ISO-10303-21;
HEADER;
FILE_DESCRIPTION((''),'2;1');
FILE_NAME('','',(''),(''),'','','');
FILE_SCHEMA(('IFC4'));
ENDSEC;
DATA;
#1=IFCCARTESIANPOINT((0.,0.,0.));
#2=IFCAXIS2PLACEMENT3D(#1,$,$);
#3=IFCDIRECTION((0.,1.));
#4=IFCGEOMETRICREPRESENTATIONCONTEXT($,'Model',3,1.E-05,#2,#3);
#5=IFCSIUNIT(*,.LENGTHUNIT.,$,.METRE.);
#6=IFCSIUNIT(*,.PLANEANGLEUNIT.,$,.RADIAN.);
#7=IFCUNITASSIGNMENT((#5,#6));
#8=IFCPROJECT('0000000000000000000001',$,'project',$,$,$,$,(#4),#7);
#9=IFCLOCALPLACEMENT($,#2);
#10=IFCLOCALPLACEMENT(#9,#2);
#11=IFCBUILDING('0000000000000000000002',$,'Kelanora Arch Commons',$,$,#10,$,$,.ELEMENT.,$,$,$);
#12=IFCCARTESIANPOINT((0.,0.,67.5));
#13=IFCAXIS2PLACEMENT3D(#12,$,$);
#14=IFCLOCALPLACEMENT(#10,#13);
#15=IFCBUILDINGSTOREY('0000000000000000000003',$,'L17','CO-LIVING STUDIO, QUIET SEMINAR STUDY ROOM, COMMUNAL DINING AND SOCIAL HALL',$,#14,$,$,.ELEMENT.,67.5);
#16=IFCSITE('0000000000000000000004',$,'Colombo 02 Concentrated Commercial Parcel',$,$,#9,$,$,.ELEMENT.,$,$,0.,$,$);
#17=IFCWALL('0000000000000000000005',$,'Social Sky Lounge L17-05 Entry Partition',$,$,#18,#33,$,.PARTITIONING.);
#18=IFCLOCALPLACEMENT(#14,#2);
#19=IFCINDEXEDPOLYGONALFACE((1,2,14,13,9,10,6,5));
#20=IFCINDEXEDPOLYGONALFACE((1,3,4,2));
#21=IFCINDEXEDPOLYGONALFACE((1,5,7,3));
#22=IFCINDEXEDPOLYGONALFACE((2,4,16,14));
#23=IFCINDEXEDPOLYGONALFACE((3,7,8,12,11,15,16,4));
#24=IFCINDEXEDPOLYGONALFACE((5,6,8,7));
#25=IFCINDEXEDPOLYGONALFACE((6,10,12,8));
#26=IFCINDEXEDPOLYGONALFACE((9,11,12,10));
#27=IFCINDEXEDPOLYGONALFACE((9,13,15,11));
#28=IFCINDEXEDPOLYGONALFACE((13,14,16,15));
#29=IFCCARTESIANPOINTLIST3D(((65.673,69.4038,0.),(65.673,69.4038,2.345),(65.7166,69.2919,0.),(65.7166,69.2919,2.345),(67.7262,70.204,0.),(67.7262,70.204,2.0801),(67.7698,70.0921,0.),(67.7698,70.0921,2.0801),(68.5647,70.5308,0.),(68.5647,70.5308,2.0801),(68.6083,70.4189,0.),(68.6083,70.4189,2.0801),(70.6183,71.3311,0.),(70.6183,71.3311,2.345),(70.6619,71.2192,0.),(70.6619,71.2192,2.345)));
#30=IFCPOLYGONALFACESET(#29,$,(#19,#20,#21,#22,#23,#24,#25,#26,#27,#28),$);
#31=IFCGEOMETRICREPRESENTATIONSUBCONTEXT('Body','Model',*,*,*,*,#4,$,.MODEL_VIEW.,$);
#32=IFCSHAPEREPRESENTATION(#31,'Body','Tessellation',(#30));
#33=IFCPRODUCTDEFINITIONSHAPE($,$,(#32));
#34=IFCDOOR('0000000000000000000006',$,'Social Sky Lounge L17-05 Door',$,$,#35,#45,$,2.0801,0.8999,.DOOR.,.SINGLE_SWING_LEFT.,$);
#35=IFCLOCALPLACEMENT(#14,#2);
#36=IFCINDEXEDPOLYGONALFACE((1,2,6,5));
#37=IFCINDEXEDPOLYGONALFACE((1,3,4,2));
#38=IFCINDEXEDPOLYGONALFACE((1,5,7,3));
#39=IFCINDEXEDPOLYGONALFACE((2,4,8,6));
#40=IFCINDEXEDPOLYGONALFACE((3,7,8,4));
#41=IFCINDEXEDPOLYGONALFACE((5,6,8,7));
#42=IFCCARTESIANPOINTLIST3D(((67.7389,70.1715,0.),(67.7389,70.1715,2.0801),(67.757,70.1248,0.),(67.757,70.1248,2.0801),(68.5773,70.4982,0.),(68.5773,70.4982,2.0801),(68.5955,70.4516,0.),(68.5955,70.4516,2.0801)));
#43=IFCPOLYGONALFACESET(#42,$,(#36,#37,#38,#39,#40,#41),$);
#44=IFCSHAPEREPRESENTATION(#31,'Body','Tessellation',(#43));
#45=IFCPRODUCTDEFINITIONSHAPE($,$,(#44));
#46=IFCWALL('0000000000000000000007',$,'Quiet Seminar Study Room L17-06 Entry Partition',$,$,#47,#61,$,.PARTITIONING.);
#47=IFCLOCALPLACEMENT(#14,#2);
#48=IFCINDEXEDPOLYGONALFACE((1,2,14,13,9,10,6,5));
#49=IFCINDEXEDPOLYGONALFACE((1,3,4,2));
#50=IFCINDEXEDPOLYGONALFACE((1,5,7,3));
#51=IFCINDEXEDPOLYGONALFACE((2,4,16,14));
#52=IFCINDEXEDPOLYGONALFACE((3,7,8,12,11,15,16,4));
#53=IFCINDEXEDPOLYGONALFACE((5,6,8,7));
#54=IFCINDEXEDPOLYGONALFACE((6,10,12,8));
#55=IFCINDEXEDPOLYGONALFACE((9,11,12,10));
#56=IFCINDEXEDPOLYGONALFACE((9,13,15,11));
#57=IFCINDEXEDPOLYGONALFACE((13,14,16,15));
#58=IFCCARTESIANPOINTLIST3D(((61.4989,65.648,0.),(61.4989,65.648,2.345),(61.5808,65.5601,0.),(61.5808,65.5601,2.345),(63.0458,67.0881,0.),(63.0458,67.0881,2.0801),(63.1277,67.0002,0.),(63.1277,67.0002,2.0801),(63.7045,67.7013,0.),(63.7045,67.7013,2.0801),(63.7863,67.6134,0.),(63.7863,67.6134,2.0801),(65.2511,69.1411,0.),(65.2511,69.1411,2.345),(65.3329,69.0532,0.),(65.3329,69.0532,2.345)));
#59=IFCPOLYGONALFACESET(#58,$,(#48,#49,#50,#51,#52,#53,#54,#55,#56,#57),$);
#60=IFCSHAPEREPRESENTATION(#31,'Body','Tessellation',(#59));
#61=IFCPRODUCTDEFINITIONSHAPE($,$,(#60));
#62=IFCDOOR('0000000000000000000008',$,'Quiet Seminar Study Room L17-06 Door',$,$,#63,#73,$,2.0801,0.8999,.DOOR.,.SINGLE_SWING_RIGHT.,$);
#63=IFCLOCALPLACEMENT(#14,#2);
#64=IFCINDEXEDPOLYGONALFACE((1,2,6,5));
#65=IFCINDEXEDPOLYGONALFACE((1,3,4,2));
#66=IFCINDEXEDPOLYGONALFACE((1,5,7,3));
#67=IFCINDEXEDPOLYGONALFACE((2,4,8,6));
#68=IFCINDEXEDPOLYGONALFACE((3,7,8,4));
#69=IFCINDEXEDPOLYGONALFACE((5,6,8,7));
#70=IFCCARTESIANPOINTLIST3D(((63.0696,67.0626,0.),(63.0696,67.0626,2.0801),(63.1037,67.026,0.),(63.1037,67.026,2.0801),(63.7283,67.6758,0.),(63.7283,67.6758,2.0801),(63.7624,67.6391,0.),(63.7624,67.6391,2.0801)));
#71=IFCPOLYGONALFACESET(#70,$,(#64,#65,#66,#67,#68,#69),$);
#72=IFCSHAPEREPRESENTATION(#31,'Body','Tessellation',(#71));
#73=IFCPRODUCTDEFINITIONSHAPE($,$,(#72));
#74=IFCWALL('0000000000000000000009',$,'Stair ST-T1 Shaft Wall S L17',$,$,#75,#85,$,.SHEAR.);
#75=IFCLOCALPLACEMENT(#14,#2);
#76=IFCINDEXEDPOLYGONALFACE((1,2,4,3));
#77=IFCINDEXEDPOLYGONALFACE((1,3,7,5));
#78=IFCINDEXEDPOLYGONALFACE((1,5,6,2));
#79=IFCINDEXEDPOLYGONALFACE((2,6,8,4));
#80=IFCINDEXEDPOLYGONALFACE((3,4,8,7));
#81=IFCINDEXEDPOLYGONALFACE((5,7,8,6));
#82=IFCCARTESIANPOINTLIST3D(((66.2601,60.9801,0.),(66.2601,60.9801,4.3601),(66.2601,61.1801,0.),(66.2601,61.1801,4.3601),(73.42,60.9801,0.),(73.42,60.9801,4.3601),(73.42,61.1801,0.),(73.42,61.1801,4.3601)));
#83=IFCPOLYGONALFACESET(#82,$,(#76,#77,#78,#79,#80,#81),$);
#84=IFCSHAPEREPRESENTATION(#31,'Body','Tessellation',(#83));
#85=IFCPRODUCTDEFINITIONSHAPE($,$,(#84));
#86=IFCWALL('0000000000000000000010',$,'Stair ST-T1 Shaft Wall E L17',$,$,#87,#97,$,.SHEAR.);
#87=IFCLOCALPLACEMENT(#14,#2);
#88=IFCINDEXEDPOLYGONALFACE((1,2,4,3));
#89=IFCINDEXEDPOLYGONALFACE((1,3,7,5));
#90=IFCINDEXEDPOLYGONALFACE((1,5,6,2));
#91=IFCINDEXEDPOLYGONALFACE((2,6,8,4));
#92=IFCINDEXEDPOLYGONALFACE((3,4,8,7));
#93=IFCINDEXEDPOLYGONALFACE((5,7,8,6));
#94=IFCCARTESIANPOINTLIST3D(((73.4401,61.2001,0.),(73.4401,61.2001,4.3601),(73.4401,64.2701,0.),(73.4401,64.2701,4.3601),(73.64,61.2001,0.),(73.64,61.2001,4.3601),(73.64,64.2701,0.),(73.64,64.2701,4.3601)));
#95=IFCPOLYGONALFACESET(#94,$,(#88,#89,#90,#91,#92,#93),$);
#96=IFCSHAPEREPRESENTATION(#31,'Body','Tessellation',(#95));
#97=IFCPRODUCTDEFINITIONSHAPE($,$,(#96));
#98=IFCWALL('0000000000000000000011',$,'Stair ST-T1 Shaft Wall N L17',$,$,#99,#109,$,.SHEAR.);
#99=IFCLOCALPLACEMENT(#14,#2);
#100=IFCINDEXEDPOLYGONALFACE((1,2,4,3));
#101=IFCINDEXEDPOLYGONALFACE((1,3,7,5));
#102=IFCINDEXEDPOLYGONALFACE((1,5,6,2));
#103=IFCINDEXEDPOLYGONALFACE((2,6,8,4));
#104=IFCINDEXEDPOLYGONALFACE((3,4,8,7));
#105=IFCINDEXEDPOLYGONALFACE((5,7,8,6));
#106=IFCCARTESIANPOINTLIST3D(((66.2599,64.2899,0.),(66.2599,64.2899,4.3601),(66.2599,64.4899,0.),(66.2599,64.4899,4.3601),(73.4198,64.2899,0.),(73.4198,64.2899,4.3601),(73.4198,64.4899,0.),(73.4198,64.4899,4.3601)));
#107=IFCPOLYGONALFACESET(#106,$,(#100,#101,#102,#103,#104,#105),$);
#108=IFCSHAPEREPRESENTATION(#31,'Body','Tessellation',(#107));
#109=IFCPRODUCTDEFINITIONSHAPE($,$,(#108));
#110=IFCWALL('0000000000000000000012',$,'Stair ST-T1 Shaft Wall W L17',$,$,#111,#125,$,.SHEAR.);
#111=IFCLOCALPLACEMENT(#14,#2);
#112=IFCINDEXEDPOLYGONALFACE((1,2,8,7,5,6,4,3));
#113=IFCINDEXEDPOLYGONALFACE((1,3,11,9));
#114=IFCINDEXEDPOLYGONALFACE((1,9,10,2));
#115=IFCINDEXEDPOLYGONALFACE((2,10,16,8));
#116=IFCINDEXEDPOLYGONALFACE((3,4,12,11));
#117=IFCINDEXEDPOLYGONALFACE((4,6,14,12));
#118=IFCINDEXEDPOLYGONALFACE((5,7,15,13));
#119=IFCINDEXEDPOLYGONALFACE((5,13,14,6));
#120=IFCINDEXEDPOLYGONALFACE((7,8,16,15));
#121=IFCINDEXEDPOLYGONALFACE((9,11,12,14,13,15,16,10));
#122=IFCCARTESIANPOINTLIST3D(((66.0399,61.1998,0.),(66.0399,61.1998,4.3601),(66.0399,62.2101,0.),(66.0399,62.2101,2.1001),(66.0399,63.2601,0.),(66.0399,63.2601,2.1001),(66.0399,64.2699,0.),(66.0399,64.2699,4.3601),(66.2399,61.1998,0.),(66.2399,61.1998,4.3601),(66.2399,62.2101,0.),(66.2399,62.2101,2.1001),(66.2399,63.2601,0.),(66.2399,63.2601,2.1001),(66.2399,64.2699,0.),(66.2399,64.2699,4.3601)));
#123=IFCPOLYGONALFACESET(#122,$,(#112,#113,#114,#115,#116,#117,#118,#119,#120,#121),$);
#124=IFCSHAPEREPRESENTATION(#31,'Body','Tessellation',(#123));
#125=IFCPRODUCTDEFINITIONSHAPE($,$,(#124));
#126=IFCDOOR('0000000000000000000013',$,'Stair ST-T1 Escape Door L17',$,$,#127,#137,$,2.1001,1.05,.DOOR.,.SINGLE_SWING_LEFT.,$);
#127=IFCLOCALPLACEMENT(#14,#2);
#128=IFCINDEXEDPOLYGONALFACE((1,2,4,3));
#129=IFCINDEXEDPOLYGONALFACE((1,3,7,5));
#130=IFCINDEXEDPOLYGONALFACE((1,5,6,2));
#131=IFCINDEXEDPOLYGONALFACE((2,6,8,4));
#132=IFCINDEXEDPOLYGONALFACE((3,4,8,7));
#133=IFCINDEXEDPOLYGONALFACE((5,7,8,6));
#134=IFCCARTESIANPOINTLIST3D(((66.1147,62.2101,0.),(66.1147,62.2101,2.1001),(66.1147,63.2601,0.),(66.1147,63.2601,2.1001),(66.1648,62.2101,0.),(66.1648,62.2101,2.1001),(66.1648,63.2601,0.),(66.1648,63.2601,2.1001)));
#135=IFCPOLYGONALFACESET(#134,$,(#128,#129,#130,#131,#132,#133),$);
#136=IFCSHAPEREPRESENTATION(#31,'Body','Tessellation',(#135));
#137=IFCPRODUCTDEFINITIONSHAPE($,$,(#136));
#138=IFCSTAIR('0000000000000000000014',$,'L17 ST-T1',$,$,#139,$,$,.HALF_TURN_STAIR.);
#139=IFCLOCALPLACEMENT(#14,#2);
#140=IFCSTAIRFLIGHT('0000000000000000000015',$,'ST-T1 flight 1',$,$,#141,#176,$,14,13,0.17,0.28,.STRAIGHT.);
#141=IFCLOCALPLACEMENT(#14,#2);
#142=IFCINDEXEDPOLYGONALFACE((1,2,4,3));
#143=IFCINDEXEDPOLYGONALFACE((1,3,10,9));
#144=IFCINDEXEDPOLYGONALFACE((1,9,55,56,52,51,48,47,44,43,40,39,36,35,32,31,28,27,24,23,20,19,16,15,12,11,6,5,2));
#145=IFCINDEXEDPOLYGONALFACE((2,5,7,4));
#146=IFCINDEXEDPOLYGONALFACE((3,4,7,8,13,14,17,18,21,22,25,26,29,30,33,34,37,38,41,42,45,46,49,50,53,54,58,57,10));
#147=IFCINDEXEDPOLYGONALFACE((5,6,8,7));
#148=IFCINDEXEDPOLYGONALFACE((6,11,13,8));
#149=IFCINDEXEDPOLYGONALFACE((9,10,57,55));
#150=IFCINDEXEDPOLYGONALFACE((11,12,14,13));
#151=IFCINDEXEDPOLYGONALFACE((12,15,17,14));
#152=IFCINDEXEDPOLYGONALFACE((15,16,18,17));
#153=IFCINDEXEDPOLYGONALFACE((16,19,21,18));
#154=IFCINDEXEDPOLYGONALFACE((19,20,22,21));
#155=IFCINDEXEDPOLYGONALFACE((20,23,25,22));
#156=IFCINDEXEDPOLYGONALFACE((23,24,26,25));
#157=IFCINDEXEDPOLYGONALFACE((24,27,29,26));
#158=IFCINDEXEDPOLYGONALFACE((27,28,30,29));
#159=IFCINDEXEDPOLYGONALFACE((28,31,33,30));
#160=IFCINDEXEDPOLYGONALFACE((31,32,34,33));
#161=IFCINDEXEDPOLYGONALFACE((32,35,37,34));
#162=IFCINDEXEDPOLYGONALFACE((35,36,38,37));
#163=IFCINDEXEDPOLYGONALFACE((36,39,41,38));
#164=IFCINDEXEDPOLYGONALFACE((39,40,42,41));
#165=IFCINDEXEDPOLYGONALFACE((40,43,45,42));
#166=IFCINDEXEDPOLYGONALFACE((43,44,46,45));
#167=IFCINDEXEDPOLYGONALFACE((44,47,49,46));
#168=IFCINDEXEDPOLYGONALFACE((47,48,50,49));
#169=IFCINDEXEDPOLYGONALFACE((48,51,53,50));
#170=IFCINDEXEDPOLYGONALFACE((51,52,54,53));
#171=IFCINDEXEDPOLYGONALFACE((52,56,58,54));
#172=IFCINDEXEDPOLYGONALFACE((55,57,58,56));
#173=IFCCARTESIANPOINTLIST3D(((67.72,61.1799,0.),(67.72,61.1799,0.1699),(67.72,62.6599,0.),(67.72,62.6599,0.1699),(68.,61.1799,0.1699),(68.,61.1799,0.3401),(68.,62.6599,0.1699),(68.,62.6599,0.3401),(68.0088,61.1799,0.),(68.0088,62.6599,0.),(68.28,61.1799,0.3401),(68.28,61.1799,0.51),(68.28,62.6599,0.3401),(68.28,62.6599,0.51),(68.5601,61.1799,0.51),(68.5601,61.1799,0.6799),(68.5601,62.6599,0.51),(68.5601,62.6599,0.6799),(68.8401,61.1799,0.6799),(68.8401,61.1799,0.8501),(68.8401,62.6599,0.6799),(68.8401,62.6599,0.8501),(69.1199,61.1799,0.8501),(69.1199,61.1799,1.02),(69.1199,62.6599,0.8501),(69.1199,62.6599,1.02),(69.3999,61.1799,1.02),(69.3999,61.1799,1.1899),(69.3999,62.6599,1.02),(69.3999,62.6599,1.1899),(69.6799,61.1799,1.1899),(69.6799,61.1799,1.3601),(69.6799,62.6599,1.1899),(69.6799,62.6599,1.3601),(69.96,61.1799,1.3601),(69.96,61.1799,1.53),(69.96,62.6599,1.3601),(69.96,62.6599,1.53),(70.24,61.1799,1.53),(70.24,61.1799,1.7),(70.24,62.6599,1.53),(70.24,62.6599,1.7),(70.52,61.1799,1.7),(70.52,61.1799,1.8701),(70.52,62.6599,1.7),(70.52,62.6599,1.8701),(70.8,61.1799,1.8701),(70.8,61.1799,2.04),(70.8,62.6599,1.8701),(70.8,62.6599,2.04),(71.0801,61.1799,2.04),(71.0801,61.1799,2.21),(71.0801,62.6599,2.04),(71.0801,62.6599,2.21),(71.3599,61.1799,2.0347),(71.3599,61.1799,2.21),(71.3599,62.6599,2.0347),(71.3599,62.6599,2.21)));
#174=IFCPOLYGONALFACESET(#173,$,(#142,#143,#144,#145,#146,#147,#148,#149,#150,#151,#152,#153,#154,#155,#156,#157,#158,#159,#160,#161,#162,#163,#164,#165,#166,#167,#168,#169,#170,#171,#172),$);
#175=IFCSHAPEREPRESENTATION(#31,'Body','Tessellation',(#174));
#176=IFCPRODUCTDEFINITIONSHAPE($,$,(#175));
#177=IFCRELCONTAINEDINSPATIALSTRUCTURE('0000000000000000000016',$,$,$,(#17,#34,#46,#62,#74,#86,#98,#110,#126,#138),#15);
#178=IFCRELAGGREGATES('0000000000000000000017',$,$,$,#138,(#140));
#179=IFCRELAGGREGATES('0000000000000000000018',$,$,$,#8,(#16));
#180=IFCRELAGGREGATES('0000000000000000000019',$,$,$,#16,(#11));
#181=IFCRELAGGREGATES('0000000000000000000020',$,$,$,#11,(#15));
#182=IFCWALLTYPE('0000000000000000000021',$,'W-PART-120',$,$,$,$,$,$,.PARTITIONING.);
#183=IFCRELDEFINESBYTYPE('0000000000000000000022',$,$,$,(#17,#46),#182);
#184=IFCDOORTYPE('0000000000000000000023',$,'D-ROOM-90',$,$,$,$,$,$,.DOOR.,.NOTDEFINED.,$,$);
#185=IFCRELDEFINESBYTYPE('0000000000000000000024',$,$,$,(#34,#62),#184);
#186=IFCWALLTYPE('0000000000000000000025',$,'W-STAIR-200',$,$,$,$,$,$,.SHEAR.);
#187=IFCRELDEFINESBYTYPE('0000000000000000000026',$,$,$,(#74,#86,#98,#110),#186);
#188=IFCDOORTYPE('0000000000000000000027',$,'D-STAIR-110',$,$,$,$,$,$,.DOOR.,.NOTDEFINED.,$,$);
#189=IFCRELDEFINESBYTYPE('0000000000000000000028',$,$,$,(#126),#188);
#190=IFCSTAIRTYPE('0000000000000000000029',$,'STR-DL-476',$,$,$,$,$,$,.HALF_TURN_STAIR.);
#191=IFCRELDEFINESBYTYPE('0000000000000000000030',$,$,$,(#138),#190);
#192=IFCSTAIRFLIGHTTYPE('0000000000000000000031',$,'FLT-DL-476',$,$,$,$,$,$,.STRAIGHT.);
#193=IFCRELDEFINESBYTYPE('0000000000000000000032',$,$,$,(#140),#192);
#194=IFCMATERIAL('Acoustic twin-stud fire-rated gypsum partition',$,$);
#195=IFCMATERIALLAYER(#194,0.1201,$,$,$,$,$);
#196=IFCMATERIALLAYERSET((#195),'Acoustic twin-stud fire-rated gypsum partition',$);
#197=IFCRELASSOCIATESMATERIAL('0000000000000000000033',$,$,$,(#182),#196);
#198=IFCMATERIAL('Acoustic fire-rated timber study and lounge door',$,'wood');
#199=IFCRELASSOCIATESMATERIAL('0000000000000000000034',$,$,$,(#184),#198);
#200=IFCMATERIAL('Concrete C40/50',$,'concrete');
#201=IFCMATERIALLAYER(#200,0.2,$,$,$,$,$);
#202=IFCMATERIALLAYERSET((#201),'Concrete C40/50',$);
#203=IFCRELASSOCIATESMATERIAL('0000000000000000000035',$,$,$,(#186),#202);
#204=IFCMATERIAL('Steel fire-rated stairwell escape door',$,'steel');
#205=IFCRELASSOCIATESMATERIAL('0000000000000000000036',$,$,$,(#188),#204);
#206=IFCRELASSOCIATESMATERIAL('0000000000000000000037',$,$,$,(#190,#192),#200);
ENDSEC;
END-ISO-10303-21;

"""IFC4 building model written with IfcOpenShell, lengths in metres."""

from ifc_helpers import new_model, si_unit, direction, frame, frame_2d, origin, place, context, subcontext, project, spatial, polyline, rectangle, outline, extrude, material, layer, layer_set, type_object, element, fill, aggregate, save


model = new_model("IFC4")

# Units and contexts
model_context = context("Model", 3, precision=1e-05, world=origin(), true_north=direction((0.0, 1.0)))
body_context = subcontext(model_context, "Body", "Model", "MODEL_VIEW")
ifc_project = project(units=[si_unit("LENGTHUNIT", "METRE"), si_unit("PLANEANGLEUNIT", "RADIAN")], contexts=[model_context])

# Site, building, storey
site_placement = place(None, origin())
site = spatial("IfcSite", under=ifc_project, at=site_placement, Name="Colombo 02 Concentrated Commercial Parcel", CompositionType="ELEMENT", RefElevation=0.0)
building_placement = place(site_placement, origin())
building = spatial("IfcBuilding", under=site, at=building_placement, Name="Kelanora Arch Commons", CompositionType="ELEMENT")
storey_placement = place(building_placement, frame((0.0, 0.0, 67.5)))
storey = spatial("IfcBuildingStorey", under=building, at=storey_placement, Name="L17", Description="CO-LIVING STUDIO, QUIET SEMINAR STUDY ROOM, COMMUNAL DINING AND SOCIAL HALL", CompositionType="ELEMENT", Elevation=67.5)

# Shared definitions
ifc_material_1 = material(Name="Concrete C40/50", Category="concrete")

# Walls, openings, doors
ifc_material_2 = material(Name="Acoustic twin-stud fire-rated gypsum partition")
ifc_layer_1 = layer(ifc_material_2, 0.1201)
ifc_layer_set_1 = layer_set([ifc_layer_1], Name="Acoustic twin-stud fire-rated gypsum partition")
wall_type_1 = type_object("IfcWallType", Name="W-PART-120", PredefinedType="PARTITIONING", material=ifc_layer_set_1)
wall_1_placement = place(storey_placement, frame((70.6401, 71.2751, 0.0), z_axis=(0.0, 0.0, 1.0), x_axis=(-0.931745, -0.363112, 0.0)))
wall_1 = element("IfcWall", 1, at=wall_1_placement, inside=storey, type_object=wall_type_1, Name="Social Sky Lounge L17-05 Entry Partition", PredefinedType="PARTITIONING", context=body_context, shape_type="SweptSolid", body=[
    extrude(rectangle(XDim=5.3076, YDim=0.1201, at=frame_2d((2.6538, 0.0))), origin(), (0.0, 0.0, 1.0), 2.345),
])
opening_1_placement = place(wall_1_placement, frame((2.2041, 0.0, 0.0)))
opening_1 = element("IfcOpeningElement", 2, at=opening_1_placement, cuts=wall_1, PredefinedType="OPENING", context=body_context, shape_type="SweptSolid", body=[
    extrude(rectangle(XDim=0.8999, YDim=2.0801, at=frame_2d((0.45, 1.04))), frame((0.0, 0.0701, 0.0), z_axis=(0.0, -1.0, 0.0), x_axis=(1.0, 0.0, 0.0)), (0.0, 0.0, 1.0), 0.1401),
])
ifc_material_3 = material(Name="Acoustic fire-rated timber study and lounge door", Category="wood")
door_type_1 = type_object("IfcDoorType", Name="D-ROOM-90", OperationType="NOTDEFINED", PredefinedType="DOOR", material=ifc_material_3)
door_1_placement = place(opening_1_placement, origin())
door_1 = element("IfcDoor", 3, at=door_1_placement, inside=storey, type_object=door_type_1, Name="Social Sky Lounge L17-05 Door", OperationType="SINGLE_SWING_LEFT", OverallHeight=2.0801, OverallWidth=0.8999, PredefinedType="DOOR", context=body_context, shape_type="SweptSolid", body=[
    extrude(rectangle(XDim=0.8999, YDim=2.0801, at=frame_2d((0.45, 1.04))), frame((0.0, 0.0249, 0.0), z_axis=(0.0, -1.0, 0.0), x_axis=(1.0, 0.0, 0.0)), (0.0, 0.0, 1.0), 0.05),
])
fill(opening_1, door_1)
wall_2_placement = place(storey_placement, frame((65.292, 69.0972, 0.0), z_axis=(0.0, 0.0, 1.0), x_axis=(-0.731919, -0.681391, 0.0)))
wall_2 = element("IfcWall", 4, at=wall_2_placement, inside=storey, type_object=wall_type_1, Name="Quiet Seminar Study Room L17-06 Entry Partition", PredefinedType="PARTITIONING", context=body_context, shape_type="SweptSolid", body=[
    extrude(rectangle(XDim=5.1265, YDim=0.1201, at=frame_2d((2.5632, 0.0))), origin(), (0.0, 0.0, 1.0), 2.345),
])
opening_2_placement = place(wall_2_placement, frame((2.113, 0.0, 0.0)))
opening_2 = element("IfcOpeningElement", 5, at=opening_2_placement, cuts=wall_2, PredefinedType="OPENING", context=body_context, shape_type="SweptSolid", body=[
    extrude(rectangle(XDim=0.8999, YDim=2.0801, at=frame_2d((0.45, 1.04))), frame((0.0, 0.0701, 0.0), z_axis=(0.0, -1.0, 0.0), x_axis=(1.0, 0.0, 0.0)), (0.0, 0.0, 1.0), 0.1401),
])
door_2_placement = place(opening_2_placement, origin())
door_2 = element("IfcDoor", 6, at=door_2_placement, inside=storey, type_object=door_type_1, Name="Quiet Seminar Study Room L17-06 Door", OperationType="SINGLE_SWING_RIGHT", OverallHeight=2.0801, OverallWidth=0.8999, PredefinedType="DOOR", context=body_context, shape_type="SweptSolid", body=[
    extrude(rectangle(XDim=0.8999, YDim=2.0801, at=frame_2d((0.45, 1.04))), frame((0.0, 0.0249, 0.0), z_axis=(0.0, -1.0, 0.0), x_axis=(1.0, 0.0, 0.0)), (0.0, 0.0, 1.0), 0.05),
])
fill(opening_2, door_2)

# Walls
ifc_layer_2 = layer(ifc_material_1, 0.2)
ifc_layer_set_2 = layer_set([ifc_layer_2], Name="Concrete C40/50")
wall_type_2 = type_object("IfcWallType", Name="W-STAIR-200", PredefinedType="SHEAR", material=ifc_layer_set_2)
wall_3_placement = place(storey_placement, frame((66.26, 61.0801, 0.0), z_axis=(0.0, 0.0, 1.0), x_axis=(1.0, 0.0, 0.0)))
element("IfcWall", 7, at=wall_3_placement, inside=storey, type_object=wall_type_2, Name="Stair ST-T1 Shaft Wall S L17", PredefinedType="SHEAR", context=body_context, shape_type="SweptSolid", body=[
    extrude(rectangle(XDim=7.1599, YDim=0.2, at=frame_2d((3.5801, 0.0))), origin(), (0.0, 0.0, 1.0), 4.3601),
])
wall_4_placement = place(storey_placement, frame((73.54, 61.2, 0.0), z_axis=(0.0, 0.0, 1.0), x_axis=(0.0, 1.0, 0.0)))
element("IfcWall", 8, at=wall_4_placement, inside=storey, type_object=wall_type_2, Name="Stair ST-T1 Shaft Wall E L17", PredefinedType="SHEAR", context=body_context, shape_type="SweptSolid", body=[
    extrude(rectangle(XDim=3.0701, YDim=0.2, at=frame_2d((1.5352, 0.0))), origin(), (0.0, 0.0, 1.0), 4.3601),
])
wall_5_placement = place(storey_placement, frame((73.4199, 64.3899, 0.0), z_axis=(0.0, 0.0, 1.0), x_axis=(-1.0, 0.0, 0.0)))
element("IfcWall", 9, at=wall_5_placement, inside=storey, type_object=wall_type_2, Name="Stair ST-T1 Shaft Wall N L17", PredefinedType="SHEAR", context=body_context, shape_type="SweptSolid", body=[
    extrude(rectangle(XDim=7.1599, YDim=0.2, at=frame_2d((3.5801, 0.0))), origin(), (0.0, 0.0, 1.0), 4.3601),
])

# Wall, opening, door
wall_6_placement = place(storey_placement, frame((66.1399, 64.27, 0.0), z_axis=(0.0, 0.0, 1.0), x_axis=(0.0, -1.0, 0.0)))
wall_6 = element("IfcWall", 10, at=wall_6_placement, inside=storey, type_object=wall_type_2, Name="Stair ST-T1 Shaft Wall W L17", PredefinedType="SHEAR", context=body_context, shape_type="SweptSolid", body=[
    extrude(rectangle(XDim=3.0701, YDim=0.2, at=frame_2d((1.5352, 0.0))), origin(), (0.0, 0.0, 1.0), 4.3601),
])
opening_3_placement = place(wall_6_placement, frame((1.01, 0.0, 0.0)))
opening_3 = element("IfcOpeningElement", 11, at=opening_3_placement, cuts=wall_6, PredefinedType="OPENING", context=body_context, shape_type="SweptSolid", body=[
    extrude(rectangle(XDim=1.05, YDim=2.1001, at=frame_2d((0.5249, 1.05))), frame((0.0, 0.1099, 0.0), z_axis=(0.0, -1.0, 0.0), x_axis=(1.0, 0.0, 0.0)), (0.0, 0.0, 1.0), 0.22),
])
ifc_material_4 = material(Name="Steel fire-rated stairwell escape door", Category="steel")
door_type_2 = type_object("IfcDoorType", Name="D-STAIR-110", OperationType="NOTDEFINED", PredefinedType="DOOR", material=ifc_material_4)
door_3_placement = place(opening_3_placement, origin())
door_3 = element("IfcDoor", 12, at=door_3_placement, inside=storey, type_object=door_type_2, Name="Stair ST-T1 Escape Door L17", OperationType="SINGLE_SWING_LEFT", OverallHeight=2.1001, OverallWidth=1.05, PredefinedType="DOOR", context=body_context, shape_type="SweptSolid", body=[
    extrude(rectangle(XDim=1.05, YDim=2.1001, at=frame_2d((0.5249, 1.05))), frame((0.0, 0.0249, 0.0), z_axis=(0.0, -1.0, 0.0), x_axis=(1.0, 0.0, 0.0)), (0.0, 0.0, 1.0), 0.05),
])
fill(opening_3, door_3)

# Stair, stair flight
stair_type = type_object("IfcStairType", Name="STR-DL-476", PredefinedType="HALF_TURN_STAIR", material=ifc_material_1)
stair_placement = place(storey_placement, origin())
stair = element("IfcStair", 13, at=stair_placement, inside=storey, type_object=stair_type, Name="L17 ST-T1", PredefinedType="HALF_TURN_STAIR")
stair_flight_type = type_object("IfcStairFlightType", Name="FLT-DL-476", PredefinedType="STRAIGHT", material=ifc_material_1)
stair_flight_1_placement = place(storey_placement, frame((67.72, 61.9199, 0.0), z_axis=(0.0, 0.0, 1.0), x_axis=(1.0, 0.0, 0.0)))
stair_flight_1 = element("IfcStairFlight", 14, at=stair_flight_1_placement, type_object=stair_flight_type, Name="ST-T1 flight 1", NumberOfRisers=14, NumberOfTreads=13, PredefinedType="STRAIGHT", RiserHeight=0.17, TreadLength=0.28, context=body_context, shape_type="SweptSolid", body=[
    extrude(outline(polyline([(0.0, 0.0), (0.0, 0.1699), (0.28, 0.1699), (0.28, 0.3401), (0.5601, 0.3401), (0.5601, 0.51), (0.8401, 0.51), (0.8401, 0.6799), (1.1201, 0.6799), (1.1201, 0.8501), (1.3999, 0.8501), (1.3999, 1.02), (1.6799, 1.02), (1.6799, 1.1899), (1.96, 1.1899), (1.96, 1.3601), (2.24, 1.3601), (2.24, 1.53), (2.52, 1.53), (2.52, 1.7), (2.8, 1.7), (2.8, 1.8701), (3.0801, 1.8701), (3.0801, 2.04), (3.3601, 2.04), (3.3601, 2.21), (3.6399, 2.21), (3.6399, 2.3799), (3.6399, 2.0347), (0.2888, 0.0), (0.0, 0.0)])), frame((0.0, 0.74, 0.0), z_axis=(0.0, -1.0, 0.0), x_axis=(1.0, 0.0, 0.0)), (0.0, 0.0, 1.0), 1.48),
])
aggregate(stair, [stair_flight_1])

save(model, "model.ifc")
